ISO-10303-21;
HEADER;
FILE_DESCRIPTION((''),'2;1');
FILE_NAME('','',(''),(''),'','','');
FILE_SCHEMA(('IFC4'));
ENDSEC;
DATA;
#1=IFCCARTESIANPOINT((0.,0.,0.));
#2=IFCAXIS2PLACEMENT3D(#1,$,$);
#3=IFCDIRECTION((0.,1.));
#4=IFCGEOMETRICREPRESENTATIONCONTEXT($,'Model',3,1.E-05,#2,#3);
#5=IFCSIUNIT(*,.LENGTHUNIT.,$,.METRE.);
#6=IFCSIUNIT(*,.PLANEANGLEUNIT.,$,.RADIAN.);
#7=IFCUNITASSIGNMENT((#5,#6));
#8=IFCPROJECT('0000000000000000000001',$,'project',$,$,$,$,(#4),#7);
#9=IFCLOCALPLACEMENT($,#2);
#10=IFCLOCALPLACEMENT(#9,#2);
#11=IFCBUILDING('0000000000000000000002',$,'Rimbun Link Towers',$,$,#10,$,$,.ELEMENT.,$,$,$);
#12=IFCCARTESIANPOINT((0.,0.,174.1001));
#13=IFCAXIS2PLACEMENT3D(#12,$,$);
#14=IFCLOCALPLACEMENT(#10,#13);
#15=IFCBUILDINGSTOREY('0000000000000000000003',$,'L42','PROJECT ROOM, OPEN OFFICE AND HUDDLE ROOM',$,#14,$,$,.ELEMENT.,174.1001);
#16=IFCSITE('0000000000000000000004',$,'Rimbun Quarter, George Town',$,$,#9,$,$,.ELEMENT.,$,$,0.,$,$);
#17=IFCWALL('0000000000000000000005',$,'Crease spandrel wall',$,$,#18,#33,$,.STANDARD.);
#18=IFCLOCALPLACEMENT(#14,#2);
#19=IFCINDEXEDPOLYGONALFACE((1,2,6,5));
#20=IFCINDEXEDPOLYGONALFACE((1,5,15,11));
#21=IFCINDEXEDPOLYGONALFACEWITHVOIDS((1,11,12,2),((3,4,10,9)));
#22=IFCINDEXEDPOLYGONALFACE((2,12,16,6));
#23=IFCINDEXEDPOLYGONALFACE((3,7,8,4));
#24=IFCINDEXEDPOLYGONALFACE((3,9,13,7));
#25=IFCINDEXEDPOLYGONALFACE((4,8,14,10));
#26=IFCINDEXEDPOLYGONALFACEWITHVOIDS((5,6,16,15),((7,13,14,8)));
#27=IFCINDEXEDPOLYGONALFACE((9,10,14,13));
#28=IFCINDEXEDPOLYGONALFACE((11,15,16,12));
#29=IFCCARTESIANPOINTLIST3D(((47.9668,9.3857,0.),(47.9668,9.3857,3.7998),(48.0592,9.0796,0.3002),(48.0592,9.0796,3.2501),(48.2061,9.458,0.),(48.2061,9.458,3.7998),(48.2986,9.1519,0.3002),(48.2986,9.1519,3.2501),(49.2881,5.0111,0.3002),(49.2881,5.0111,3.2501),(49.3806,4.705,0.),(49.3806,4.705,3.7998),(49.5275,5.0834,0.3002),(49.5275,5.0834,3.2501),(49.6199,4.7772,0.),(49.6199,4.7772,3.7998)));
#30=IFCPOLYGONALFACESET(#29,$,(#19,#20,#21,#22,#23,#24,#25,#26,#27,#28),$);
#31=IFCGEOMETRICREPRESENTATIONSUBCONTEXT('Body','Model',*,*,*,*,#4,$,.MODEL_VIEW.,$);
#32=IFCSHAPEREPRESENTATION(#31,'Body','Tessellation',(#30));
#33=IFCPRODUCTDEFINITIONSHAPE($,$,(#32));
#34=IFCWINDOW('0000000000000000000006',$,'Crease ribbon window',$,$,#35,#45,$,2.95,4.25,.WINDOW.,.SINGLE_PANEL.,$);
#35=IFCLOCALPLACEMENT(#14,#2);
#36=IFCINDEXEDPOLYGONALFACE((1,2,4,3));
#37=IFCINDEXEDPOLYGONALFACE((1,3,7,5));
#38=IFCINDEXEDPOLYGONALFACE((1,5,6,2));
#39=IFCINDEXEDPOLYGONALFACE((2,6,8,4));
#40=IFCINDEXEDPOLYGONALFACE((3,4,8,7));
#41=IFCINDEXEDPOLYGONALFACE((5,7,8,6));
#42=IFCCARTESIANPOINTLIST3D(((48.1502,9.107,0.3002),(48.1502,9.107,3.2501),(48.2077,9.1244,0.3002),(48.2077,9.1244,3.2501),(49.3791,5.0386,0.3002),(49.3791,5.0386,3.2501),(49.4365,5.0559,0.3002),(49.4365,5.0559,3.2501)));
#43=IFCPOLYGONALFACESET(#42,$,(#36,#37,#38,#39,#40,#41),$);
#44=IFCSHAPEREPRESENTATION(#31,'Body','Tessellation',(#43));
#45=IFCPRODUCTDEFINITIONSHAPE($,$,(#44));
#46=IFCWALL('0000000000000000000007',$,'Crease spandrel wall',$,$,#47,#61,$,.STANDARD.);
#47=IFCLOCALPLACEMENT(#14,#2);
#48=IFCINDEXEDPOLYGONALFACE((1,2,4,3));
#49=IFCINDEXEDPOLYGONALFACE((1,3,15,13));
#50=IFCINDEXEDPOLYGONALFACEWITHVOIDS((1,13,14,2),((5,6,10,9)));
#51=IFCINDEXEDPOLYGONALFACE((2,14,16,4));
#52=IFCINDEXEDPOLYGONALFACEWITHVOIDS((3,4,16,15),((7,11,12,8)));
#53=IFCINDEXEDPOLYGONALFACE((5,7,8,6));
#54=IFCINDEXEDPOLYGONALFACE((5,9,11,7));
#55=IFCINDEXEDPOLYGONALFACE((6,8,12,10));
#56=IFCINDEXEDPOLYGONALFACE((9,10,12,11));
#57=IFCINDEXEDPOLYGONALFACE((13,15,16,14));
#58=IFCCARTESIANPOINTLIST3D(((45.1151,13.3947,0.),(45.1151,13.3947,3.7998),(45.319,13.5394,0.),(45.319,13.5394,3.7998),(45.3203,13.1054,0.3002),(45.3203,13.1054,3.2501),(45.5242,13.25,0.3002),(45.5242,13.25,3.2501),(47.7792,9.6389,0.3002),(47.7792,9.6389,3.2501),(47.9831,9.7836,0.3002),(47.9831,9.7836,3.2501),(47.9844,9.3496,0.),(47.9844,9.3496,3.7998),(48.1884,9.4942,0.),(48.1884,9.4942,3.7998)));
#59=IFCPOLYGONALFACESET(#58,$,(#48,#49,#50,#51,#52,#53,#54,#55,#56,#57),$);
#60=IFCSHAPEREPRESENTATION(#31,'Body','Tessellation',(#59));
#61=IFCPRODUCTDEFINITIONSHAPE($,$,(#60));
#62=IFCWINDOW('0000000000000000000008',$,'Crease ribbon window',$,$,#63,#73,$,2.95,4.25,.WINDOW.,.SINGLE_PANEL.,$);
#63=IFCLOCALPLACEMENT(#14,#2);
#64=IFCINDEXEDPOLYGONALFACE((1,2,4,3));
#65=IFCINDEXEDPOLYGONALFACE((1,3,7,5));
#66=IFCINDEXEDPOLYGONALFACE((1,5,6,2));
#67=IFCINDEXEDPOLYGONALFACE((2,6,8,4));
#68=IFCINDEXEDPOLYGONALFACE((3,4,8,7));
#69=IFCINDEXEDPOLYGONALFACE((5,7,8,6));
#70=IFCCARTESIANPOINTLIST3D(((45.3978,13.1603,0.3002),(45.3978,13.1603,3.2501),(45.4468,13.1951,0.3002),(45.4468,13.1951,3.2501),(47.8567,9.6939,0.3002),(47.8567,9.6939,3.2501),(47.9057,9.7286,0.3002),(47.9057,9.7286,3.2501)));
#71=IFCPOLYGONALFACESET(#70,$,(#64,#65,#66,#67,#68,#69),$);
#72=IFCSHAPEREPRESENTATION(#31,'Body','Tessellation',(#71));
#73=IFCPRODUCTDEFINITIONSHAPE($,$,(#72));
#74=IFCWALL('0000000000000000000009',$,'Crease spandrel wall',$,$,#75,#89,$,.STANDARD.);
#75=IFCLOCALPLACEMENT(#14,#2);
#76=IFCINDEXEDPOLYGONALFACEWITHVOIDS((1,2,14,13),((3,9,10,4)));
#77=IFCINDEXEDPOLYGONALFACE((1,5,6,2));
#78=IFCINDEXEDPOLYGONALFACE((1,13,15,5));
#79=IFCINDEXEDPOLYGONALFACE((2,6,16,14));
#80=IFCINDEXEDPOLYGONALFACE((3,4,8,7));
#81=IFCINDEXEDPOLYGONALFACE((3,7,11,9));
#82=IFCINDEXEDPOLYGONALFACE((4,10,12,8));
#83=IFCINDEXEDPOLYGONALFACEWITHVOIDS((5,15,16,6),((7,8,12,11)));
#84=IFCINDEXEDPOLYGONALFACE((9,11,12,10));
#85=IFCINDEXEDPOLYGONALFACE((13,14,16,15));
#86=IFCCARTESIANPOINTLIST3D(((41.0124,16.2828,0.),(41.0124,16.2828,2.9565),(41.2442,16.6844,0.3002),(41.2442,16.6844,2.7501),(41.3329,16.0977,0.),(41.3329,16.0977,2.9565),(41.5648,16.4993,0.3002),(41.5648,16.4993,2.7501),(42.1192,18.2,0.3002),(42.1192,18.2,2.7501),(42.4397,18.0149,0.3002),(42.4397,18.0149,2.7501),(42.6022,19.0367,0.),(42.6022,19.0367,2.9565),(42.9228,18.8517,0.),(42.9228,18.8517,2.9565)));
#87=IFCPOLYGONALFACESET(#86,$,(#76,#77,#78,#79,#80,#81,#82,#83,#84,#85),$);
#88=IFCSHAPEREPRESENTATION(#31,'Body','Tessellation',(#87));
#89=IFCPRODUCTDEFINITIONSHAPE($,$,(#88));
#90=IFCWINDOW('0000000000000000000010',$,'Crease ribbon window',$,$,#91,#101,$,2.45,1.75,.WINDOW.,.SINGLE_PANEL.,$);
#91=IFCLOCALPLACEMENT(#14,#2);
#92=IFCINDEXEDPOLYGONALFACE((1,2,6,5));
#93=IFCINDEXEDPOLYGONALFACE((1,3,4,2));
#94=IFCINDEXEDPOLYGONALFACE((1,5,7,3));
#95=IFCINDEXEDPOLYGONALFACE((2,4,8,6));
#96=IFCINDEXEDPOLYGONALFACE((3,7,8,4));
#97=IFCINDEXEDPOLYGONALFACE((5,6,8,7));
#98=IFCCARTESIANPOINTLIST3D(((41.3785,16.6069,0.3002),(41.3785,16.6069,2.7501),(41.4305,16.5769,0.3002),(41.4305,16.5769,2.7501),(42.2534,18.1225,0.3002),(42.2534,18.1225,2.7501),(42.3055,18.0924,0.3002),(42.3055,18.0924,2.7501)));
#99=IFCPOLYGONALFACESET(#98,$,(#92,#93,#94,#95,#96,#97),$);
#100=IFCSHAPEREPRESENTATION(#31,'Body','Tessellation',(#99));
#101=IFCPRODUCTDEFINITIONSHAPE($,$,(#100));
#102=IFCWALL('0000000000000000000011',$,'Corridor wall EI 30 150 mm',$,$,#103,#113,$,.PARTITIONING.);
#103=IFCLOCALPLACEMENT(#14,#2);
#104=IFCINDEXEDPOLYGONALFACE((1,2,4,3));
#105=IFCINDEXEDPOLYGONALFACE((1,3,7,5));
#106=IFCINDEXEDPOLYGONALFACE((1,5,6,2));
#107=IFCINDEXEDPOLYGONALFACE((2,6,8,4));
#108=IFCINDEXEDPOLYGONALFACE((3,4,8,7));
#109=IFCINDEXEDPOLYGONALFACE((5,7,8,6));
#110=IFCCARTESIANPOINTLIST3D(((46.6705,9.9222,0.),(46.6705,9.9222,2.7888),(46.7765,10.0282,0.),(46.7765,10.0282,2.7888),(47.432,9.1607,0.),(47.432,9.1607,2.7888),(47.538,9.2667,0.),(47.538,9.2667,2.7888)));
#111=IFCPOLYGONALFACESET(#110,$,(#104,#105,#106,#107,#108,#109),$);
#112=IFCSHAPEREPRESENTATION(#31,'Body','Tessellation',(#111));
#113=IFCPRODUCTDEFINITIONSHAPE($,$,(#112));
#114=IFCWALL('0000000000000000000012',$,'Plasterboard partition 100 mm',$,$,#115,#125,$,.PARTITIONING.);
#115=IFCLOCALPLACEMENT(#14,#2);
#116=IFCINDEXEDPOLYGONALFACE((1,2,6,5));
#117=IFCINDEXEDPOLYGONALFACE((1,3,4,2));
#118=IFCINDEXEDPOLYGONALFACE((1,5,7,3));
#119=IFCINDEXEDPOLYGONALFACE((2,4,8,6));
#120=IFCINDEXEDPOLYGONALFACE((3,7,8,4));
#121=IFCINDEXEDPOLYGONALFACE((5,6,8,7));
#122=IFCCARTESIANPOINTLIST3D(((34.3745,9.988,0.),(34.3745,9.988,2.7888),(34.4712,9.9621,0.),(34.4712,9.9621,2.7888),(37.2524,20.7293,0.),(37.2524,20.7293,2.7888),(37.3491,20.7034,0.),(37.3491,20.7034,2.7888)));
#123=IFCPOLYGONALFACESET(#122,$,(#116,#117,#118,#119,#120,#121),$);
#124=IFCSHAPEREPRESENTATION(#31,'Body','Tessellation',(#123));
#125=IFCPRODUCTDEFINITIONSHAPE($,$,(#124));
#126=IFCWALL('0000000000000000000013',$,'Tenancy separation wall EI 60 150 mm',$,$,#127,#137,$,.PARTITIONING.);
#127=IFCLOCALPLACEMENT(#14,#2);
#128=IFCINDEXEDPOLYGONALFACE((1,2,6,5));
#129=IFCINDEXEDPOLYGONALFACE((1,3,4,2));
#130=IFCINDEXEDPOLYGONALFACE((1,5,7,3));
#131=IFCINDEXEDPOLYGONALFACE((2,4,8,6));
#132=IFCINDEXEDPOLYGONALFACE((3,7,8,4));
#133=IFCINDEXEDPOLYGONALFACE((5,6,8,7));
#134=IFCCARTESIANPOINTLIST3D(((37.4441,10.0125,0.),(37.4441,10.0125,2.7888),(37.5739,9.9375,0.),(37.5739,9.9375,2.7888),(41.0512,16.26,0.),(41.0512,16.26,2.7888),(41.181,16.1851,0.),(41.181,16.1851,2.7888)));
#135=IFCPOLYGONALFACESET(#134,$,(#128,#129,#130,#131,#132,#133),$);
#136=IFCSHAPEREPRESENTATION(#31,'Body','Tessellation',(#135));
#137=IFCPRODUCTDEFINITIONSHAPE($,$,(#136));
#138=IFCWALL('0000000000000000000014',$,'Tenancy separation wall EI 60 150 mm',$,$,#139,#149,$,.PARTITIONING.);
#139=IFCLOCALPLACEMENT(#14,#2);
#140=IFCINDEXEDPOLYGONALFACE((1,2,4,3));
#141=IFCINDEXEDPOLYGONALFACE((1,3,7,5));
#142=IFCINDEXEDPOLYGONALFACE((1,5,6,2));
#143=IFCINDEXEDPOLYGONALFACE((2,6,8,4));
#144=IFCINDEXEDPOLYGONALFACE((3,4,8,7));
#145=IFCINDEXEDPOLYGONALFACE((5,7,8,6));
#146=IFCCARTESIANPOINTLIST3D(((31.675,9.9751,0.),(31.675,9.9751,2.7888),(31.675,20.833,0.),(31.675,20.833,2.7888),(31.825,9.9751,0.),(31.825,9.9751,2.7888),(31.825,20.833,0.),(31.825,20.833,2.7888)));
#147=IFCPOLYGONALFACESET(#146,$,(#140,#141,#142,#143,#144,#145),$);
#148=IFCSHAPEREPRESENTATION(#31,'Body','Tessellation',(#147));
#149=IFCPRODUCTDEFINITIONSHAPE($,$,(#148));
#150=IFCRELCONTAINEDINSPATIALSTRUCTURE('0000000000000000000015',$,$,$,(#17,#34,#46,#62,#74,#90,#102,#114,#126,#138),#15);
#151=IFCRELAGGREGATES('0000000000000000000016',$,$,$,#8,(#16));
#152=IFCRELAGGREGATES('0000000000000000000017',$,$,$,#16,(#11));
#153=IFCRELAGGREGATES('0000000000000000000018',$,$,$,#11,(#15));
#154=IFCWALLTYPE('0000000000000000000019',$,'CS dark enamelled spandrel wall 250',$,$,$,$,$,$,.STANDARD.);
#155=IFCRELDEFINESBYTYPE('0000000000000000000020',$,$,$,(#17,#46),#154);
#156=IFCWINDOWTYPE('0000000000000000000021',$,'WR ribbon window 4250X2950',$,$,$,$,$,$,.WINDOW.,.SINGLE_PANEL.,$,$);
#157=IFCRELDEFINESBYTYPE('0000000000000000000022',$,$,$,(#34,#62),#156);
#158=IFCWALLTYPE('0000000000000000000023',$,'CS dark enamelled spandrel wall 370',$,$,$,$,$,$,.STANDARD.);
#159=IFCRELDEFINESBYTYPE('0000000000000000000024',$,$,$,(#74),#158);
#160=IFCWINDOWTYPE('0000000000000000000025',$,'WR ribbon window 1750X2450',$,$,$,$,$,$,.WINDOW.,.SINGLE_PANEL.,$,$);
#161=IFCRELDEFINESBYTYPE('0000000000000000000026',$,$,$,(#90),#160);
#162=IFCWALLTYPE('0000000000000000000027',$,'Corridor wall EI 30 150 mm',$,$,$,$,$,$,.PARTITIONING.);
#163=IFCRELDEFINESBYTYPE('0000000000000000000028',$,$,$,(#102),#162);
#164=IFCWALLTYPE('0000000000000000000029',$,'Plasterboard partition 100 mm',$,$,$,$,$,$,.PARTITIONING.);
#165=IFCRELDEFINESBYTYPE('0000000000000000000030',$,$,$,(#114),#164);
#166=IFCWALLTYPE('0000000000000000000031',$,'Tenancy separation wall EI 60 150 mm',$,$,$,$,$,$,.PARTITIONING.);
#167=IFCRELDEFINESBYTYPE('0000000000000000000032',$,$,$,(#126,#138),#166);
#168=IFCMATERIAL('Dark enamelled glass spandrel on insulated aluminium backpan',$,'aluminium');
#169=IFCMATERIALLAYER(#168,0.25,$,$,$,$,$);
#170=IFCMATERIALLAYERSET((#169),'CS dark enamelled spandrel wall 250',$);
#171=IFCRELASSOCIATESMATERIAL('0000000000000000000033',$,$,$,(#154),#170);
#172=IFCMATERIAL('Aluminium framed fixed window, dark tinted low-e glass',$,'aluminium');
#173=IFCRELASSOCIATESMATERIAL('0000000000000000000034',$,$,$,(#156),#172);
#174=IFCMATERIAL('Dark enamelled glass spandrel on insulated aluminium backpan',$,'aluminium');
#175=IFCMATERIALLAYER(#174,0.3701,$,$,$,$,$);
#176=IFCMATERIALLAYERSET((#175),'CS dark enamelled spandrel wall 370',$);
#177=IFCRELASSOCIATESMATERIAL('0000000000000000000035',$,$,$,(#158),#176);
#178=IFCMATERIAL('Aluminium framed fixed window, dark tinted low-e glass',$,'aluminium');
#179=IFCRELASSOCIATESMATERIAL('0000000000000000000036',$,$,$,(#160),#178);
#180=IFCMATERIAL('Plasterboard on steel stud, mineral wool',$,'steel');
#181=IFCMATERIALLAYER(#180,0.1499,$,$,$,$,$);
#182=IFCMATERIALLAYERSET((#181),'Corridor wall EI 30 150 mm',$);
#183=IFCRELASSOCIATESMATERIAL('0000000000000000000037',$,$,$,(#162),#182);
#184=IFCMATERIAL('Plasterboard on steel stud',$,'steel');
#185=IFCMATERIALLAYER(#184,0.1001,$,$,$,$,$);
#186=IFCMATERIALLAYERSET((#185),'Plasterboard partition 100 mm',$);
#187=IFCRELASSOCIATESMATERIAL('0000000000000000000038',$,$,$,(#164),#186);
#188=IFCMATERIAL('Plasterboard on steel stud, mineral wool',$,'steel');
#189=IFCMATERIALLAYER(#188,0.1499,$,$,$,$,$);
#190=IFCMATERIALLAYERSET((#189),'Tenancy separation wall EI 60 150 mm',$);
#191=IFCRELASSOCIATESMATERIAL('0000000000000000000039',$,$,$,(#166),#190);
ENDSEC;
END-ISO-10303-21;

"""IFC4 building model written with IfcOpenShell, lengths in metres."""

from ifc_helpers import new_model, si_unit, direction, frame, frame_2d, origin, place, context, subcontext, project, spatial, rectangle, extrude, material, layer, layer_set, type_object, element, fill, save


model = new_model("IFC4")

# Units and contexts
model_context = context("Model", 3, precision=1e-05, world=origin(), true_north=direction((0.0, 1.0)))
body_context = subcontext(model_context, "Body", "Model", "MODEL_VIEW")
ifc_project = project(units=[si_unit("LENGTHUNIT", "METRE"), si_unit("PLANEANGLEUNIT", "RADIAN")], contexts=[model_context])

# Site, building, storey
site_placement = place(None, origin())
site = spatial("IfcSite", under=ifc_project, at=site_placement, Name="Rimbun Quarter, George Town", CompositionType="ELEMENT", RefElevation=0.0)
building_placement = place(site_placement, origin())
building = spatial("IfcBuilding", under=site, at=building_placement, Name="Rimbun Link Towers", CompositionType="ELEMENT")
storey_placement = place(building_placement, frame((0.0, 0.0, 174.1001)))
storey = spatial("IfcBuildingStorey", under=building, at=storey_placement, Name="L42", Description="PROJECT ROOM, OPEN OFFICE AND HUDDLE ROOM", CompositionType="ELEMENT", Elevation=174.1001)

# Walls, openings, windows
ifc_material_1 = material(Name="Dark enamelled glass spandrel on insulated aluminium backpan", Category="aluminium")
ifc_layer_1 = layer(ifc_material_1, 0.25)
ifc_layer_set_1 = layer_set([ifc_layer_1], Name="CS dark enamelled spandrel wall 250")
wall_type_1 = type_object("IfcWallType", Name="CS dark enamelled spandrel wall 250", PredefinedType="STANDARD", material=ifc_layer_set_1)
wall_1_placement = place(storey_placement, frame((48.0864, 9.4219, 0.0), z_axis=(0.0, 0.0, 1.0), x_axis=(0.289152, -0.957283, 0.0)))
wall_1 = element("IfcWall", 1, at=wall_1_placement, inside=storey, type_object=wall_type_1, Name="Crease spandrel wall", PredefinedType="STANDARD", context=body_context, shape_type="SweptSolid", body=[
    extrude(rectangle(XDim=4.8896, YDim=0.25, at=frame_2d((2.4448, 0.0))), origin(), (0.0, 0.0, 1.0), 3.7998),
])
opening_1_placement = place(wall_1_placement, frame((0.3198, 0.0, 0.3)))
opening_1 = element("IfcOpeningElement", 2, at=opening_1_placement, cuts=wall_1, PredefinedType="OPENING", context=body_context, shape_type="SweptSolid", body=[
    extrude(rectangle(XDim=4.25, YDim=2.95, at=frame_2d((2.125, 1.4751))), frame((0.0, 0.135, 0.0), z_axis=(0.0, -1.0, 0.0), x_axis=(1.0, 0.0, 0.0)), (0.0, 0.0, 1.0), 0.27),
])
ifc_material_2 = material(Name="Aluminium framed fixed window, dark tinted low-e glass", Category="aluminium")
window_type_1 = type_object("IfcWindowType", Name="WR ribbon window 4250X2950", PartitioningType="SINGLE_PANEL", PredefinedType="WINDOW", material=ifc_material_2)
window_1_placement = place(opening_1_placement, origin())
window_1 = element("IfcWindow", 3, at=window_1_placement, inside=storey, type_object=window_type_1, Name="Crease ribbon window", OverallHeight=2.95, OverallWidth=4.25, PartitioningType="SINGLE_PANEL", PredefinedType="WINDOW", context=body_context, shape_type="SweptSolid", body=[
    extrude(rectangle(XDim=4.25, YDim=2.95, at=frame_2d((2.125, 1.4751))), frame((0.0, 0.03, 0.0), z_axis=(0.0, -1.0, 0.0), x_axis=(1.0, 0.0, 0.0)), (0.0, 0.0, 1.0), 0.0601),
])
fill(opening_1, window_1)
wall_2_placement = place(storey_placement, frame((45.217, 13.467, 0.0), z_axis=(0.0, 0.0, 1.0), x_axis=(0.578562, -0.815638, 0.0)))
wall_2 = element("IfcWall", 4, at=wall_2_placement, inside=storey, type_object=wall_type_1, Name="Crease spandrel wall", PredefinedType="STANDARD", context=body_context, shape_type="SweptSolid", body=[
    extrude(rectangle(XDim=4.9595, YDim=0.25, at=frame_2d((2.4797, 0.0))), origin(), (0.0, 0.0, 1.0), 3.7998),
])
opening_2_placement = place(wall_2_placement, frame((0.3547, 0.0, 0.3)))
opening_2 = element("IfcOpeningElement", 5, at=opening_2_placement, cuts=wall_2, PredefinedType="OPENING", context=body_context, shape_type="SweptSolid", body=[
    extrude(rectangle(XDim=4.25, YDim=2.95, at=frame_2d((2.125, 1.4751))), frame((0.0, 0.135, 0.0), z_axis=(0.0, -1.0, 0.0), x_axis=(1.0, 0.0, 0.0)), (0.0, 0.0, 1.0), 0.27),
])
window_2_placement = place(opening_2_placement, origin())
window_2 = element("IfcWindow", 6, at=window_2_placement, inside=storey, type_object=window_type_1, Name="Crease ribbon window", OverallHeight=2.95, OverallWidth=4.25, PartitioningType="SINGLE_PANEL", PredefinedType="WINDOW", context=body_context, shape_type="SweptSolid", body=[
    extrude(rectangle(XDim=4.25, YDim=2.95, at=frame_2d((2.125, 1.4751))), frame((0.0, 0.03, 0.0), z_axis=(0.0, -1.0, 0.0), x_axis=(1.0, 0.0, 0.0)), (0.0, 0.0, 1.0), 0.0601),
])
fill(opening_2, window_2)
ifc_material_3 = material(Name="Dark enamelled glass spandrel on insulated aluminium backpan", Category="aluminium")
ifc_layer_2 = layer(ifc_material_3, 0.3701)
ifc_layer_set_2 = layer_set([ifc_layer_2], Name="CS dark enamelled spandrel wall 370")
wall_type_2 = type_object("IfcWallType", Name="CS dark enamelled spandrel wall 370", PredefinedType="STANDARD", material=ifc_layer_set_2)
wall_3_placement = place(storey_placement, frame((42.7625, 18.9441, 0.0), z_axis=(0.0, 0.0, 1.0), x_axis=(-0.499971, -0.866042, 0.0)))
wall_3 = element("IfcWall", 7, at=wall_3_placement, inside=storey, type_object=wall_type_2, Name="Crease spandrel wall", PredefinedType="STANDARD", context=body_context, shape_type="SweptSolid", body=[
    extrude(rectangle(XDim=3.1799, YDim=0.3701, at=frame_2d((1.5898, 0.0))), origin(), (0.0, 0.0, 1.0), 2.9565),
])
opening_3_placement = place(wall_3_placement, frame((0.9661, 0.0, 0.3)))
opening_3 = element("IfcOpeningElement", 8, at=opening_3_placement, cuts=wall_3, PredefinedType="OPENING", context=body_context, shape_type="SweptSolid", body=[
    extrude(rectangle(XDim=1.75, YDim=2.45, at=frame_2d((0.875, 1.2251))), frame((0.0, 0.1951, 0.0), z_axis=(0.0, -1.0, 0.0), x_axis=(1.0, 0.0, 0.0)), (0.0, 0.0, 1.0), 0.3901),
])
ifc_material_4 = material(Name="Aluminium framed fixed window, dark tinted low-e glass", Category="aluminium")
window_type_2 = type_object("IfcWindowType", Name="WR ribbon window 1750X2450", PartitioningType="SINGLE_PANEL", PredefinedType="WINDOW", material=ifc_material_4)
window_3_placement = place(opening_3_placement, origin())
window_3 = element("IfcWindow", 9, at=window_3_placement, inside=storey, type_object=window_type_2, Name="Crease ribbon window", OverallHeight=2.45, OverallWidth=1.75, PartitioningType="SINGLE_PANEL", PredefinedType="WINDOW", context=body_context, shape_type="SweptSolid", body=[
    extrude(rectangle(XDim=1.75, YDim=2.45, at=frame_2d((0.875, 1.2251))), frame((0.0, 0.03, 0.0), z_axis=(0.0, -1.0, 0.0), x_axis=(1.0, 0.0, 0.0)), (0.0, 0.0, 1.0), 0.0601),
])
fill(opening_3, window_3)

# Walls
ifc_material_5 = material(Name="Plasterboard on steel stud, mineral wool", Category="steel")
ifc_layer_3 = layer(ifc_material_5, 0.1499)
ifc_layer_set_3 = layer_set([ifc_layer_3], Name="Corridor wall EI 30 150 mm")
wall_type_3 = type_object("IfcWallType", Name="Corridor wall EI 30 150 mm", PredefinedType="PARTITIONING", material=ifc_layer_set_3)
wall_4_placement = place(storey_placement, frame((47.4851, 9.2136, 0.0), z_axis=(0.0, 0.0, 1.0), x_axis=(-0.707107, 0.707107, 0.0)))
element("IfcWall", 10, at=wall_4_placement, inside=storey, type_object=wall_type_3, Name="Corridor wall EI 30 150 mm", PredefinedType="PARTITIONING", context=body_context, shape_type="SweptSolid", body=[
    extrude(rectangle(XDim=1.0769, YDim=0.1499, at=frame_2d((0.5386, 0.0))), origin(), (0.0, 0.0, 1.0), 2.7888),
])
ifc_material_6 = material(Name="Plasterboard on steel stud", Category="steel")
ifc_layer_4 = layer(ifc_material_6, 0.1001)
ifc_layer_set_4 = layer_set([ifc_layer_4], Name="Plasterboard partition 100 mm")
wall_type_4 = type_object("IfcWallType", Name="Plasterboard partition 100 mm", PredefinedType="PARTITIONING", material=ifc_layer_set_4)
wall_5_placement = place(storey_placement, frame((37.3008, 20.7163, 0.0), z_axis=(0.0, 0.0, 1.0), x_axis=(-0.258805, -0.96593, 0.0)))
element("IfcWall", 11, at=wall_5_placement, inside=storey, type_object=wall_type_4, Name="Plasterboard partition 100 mm", PredefinedType="PARTITIONING", context=body_context, shape_type="SweptSolid", body=[
    extrude(rectangle(XDim=11.1201, YDim=0.1001, at=frame_2d((5.5601, 0.0))), origin(), (0.0, 0.0, 1.0), 2.7888),
])
ifc_material_7 = material(Name="Plasterboard on steel stud, mineral wool", Category="steel")
ifc_layer_5 = layer(ifc_material_7, 0.1499)
ifc_layer_set_5 = layer_set([ifc_layer_5], Name="Tenancy separation wall EI 60 150 mm")
wall_type_5 = type_object("IfcWallType", Name="Tenancy separation wall EI 60 150 mm", PredefinedType="PARTITIONING", material=ifc_layer_set_5)
wall_6_placement = place(storey_placement, frame((37.509, 9.9751, 0.0), z_axis=(0.0, 0.0, 1.0), x_axis=(0.500015, 0.866017, 0.0)))
element("IfcWall", 12, at=wall_6_placement, inside=storey, type_object=wall_type_5, Name="Tenancy separation wall EI 60 150 mm", PredefinedType="PARTITIONING", context=body_context, shape_type="SweptSolid", body=[
    extrude(rectangle(XDim=7.2141, YDim=0.1499, at=frame_2d((3.6069, 0.0))), origin(), (0.0, 0.0, 1.0), 2.7888),
])
wall_7_placement = place(storey_placement, frame((31.75, 9.9751, 0.0), z_axis=(0.0, 0.0, 1.0), x_axis=(0.0, 1.0, 0.0)))
element("IfcWall", 13, at=wall_7_placement, inside=storey, type_object=wall_type_5, Name="Tenancy separation wall EI 60 150 mm", PredefinedType="PARTITIONING", context=body_context, shape_type="SweptSolid", body=[
    extrude(rectangle(XDim=10.8579, YDim=0.1499, at=frame_2d((5.429, 0.0))), origin(), (0.0, 0.0, 1.0), 2.7888),
])

save(model, "model.ifc")
